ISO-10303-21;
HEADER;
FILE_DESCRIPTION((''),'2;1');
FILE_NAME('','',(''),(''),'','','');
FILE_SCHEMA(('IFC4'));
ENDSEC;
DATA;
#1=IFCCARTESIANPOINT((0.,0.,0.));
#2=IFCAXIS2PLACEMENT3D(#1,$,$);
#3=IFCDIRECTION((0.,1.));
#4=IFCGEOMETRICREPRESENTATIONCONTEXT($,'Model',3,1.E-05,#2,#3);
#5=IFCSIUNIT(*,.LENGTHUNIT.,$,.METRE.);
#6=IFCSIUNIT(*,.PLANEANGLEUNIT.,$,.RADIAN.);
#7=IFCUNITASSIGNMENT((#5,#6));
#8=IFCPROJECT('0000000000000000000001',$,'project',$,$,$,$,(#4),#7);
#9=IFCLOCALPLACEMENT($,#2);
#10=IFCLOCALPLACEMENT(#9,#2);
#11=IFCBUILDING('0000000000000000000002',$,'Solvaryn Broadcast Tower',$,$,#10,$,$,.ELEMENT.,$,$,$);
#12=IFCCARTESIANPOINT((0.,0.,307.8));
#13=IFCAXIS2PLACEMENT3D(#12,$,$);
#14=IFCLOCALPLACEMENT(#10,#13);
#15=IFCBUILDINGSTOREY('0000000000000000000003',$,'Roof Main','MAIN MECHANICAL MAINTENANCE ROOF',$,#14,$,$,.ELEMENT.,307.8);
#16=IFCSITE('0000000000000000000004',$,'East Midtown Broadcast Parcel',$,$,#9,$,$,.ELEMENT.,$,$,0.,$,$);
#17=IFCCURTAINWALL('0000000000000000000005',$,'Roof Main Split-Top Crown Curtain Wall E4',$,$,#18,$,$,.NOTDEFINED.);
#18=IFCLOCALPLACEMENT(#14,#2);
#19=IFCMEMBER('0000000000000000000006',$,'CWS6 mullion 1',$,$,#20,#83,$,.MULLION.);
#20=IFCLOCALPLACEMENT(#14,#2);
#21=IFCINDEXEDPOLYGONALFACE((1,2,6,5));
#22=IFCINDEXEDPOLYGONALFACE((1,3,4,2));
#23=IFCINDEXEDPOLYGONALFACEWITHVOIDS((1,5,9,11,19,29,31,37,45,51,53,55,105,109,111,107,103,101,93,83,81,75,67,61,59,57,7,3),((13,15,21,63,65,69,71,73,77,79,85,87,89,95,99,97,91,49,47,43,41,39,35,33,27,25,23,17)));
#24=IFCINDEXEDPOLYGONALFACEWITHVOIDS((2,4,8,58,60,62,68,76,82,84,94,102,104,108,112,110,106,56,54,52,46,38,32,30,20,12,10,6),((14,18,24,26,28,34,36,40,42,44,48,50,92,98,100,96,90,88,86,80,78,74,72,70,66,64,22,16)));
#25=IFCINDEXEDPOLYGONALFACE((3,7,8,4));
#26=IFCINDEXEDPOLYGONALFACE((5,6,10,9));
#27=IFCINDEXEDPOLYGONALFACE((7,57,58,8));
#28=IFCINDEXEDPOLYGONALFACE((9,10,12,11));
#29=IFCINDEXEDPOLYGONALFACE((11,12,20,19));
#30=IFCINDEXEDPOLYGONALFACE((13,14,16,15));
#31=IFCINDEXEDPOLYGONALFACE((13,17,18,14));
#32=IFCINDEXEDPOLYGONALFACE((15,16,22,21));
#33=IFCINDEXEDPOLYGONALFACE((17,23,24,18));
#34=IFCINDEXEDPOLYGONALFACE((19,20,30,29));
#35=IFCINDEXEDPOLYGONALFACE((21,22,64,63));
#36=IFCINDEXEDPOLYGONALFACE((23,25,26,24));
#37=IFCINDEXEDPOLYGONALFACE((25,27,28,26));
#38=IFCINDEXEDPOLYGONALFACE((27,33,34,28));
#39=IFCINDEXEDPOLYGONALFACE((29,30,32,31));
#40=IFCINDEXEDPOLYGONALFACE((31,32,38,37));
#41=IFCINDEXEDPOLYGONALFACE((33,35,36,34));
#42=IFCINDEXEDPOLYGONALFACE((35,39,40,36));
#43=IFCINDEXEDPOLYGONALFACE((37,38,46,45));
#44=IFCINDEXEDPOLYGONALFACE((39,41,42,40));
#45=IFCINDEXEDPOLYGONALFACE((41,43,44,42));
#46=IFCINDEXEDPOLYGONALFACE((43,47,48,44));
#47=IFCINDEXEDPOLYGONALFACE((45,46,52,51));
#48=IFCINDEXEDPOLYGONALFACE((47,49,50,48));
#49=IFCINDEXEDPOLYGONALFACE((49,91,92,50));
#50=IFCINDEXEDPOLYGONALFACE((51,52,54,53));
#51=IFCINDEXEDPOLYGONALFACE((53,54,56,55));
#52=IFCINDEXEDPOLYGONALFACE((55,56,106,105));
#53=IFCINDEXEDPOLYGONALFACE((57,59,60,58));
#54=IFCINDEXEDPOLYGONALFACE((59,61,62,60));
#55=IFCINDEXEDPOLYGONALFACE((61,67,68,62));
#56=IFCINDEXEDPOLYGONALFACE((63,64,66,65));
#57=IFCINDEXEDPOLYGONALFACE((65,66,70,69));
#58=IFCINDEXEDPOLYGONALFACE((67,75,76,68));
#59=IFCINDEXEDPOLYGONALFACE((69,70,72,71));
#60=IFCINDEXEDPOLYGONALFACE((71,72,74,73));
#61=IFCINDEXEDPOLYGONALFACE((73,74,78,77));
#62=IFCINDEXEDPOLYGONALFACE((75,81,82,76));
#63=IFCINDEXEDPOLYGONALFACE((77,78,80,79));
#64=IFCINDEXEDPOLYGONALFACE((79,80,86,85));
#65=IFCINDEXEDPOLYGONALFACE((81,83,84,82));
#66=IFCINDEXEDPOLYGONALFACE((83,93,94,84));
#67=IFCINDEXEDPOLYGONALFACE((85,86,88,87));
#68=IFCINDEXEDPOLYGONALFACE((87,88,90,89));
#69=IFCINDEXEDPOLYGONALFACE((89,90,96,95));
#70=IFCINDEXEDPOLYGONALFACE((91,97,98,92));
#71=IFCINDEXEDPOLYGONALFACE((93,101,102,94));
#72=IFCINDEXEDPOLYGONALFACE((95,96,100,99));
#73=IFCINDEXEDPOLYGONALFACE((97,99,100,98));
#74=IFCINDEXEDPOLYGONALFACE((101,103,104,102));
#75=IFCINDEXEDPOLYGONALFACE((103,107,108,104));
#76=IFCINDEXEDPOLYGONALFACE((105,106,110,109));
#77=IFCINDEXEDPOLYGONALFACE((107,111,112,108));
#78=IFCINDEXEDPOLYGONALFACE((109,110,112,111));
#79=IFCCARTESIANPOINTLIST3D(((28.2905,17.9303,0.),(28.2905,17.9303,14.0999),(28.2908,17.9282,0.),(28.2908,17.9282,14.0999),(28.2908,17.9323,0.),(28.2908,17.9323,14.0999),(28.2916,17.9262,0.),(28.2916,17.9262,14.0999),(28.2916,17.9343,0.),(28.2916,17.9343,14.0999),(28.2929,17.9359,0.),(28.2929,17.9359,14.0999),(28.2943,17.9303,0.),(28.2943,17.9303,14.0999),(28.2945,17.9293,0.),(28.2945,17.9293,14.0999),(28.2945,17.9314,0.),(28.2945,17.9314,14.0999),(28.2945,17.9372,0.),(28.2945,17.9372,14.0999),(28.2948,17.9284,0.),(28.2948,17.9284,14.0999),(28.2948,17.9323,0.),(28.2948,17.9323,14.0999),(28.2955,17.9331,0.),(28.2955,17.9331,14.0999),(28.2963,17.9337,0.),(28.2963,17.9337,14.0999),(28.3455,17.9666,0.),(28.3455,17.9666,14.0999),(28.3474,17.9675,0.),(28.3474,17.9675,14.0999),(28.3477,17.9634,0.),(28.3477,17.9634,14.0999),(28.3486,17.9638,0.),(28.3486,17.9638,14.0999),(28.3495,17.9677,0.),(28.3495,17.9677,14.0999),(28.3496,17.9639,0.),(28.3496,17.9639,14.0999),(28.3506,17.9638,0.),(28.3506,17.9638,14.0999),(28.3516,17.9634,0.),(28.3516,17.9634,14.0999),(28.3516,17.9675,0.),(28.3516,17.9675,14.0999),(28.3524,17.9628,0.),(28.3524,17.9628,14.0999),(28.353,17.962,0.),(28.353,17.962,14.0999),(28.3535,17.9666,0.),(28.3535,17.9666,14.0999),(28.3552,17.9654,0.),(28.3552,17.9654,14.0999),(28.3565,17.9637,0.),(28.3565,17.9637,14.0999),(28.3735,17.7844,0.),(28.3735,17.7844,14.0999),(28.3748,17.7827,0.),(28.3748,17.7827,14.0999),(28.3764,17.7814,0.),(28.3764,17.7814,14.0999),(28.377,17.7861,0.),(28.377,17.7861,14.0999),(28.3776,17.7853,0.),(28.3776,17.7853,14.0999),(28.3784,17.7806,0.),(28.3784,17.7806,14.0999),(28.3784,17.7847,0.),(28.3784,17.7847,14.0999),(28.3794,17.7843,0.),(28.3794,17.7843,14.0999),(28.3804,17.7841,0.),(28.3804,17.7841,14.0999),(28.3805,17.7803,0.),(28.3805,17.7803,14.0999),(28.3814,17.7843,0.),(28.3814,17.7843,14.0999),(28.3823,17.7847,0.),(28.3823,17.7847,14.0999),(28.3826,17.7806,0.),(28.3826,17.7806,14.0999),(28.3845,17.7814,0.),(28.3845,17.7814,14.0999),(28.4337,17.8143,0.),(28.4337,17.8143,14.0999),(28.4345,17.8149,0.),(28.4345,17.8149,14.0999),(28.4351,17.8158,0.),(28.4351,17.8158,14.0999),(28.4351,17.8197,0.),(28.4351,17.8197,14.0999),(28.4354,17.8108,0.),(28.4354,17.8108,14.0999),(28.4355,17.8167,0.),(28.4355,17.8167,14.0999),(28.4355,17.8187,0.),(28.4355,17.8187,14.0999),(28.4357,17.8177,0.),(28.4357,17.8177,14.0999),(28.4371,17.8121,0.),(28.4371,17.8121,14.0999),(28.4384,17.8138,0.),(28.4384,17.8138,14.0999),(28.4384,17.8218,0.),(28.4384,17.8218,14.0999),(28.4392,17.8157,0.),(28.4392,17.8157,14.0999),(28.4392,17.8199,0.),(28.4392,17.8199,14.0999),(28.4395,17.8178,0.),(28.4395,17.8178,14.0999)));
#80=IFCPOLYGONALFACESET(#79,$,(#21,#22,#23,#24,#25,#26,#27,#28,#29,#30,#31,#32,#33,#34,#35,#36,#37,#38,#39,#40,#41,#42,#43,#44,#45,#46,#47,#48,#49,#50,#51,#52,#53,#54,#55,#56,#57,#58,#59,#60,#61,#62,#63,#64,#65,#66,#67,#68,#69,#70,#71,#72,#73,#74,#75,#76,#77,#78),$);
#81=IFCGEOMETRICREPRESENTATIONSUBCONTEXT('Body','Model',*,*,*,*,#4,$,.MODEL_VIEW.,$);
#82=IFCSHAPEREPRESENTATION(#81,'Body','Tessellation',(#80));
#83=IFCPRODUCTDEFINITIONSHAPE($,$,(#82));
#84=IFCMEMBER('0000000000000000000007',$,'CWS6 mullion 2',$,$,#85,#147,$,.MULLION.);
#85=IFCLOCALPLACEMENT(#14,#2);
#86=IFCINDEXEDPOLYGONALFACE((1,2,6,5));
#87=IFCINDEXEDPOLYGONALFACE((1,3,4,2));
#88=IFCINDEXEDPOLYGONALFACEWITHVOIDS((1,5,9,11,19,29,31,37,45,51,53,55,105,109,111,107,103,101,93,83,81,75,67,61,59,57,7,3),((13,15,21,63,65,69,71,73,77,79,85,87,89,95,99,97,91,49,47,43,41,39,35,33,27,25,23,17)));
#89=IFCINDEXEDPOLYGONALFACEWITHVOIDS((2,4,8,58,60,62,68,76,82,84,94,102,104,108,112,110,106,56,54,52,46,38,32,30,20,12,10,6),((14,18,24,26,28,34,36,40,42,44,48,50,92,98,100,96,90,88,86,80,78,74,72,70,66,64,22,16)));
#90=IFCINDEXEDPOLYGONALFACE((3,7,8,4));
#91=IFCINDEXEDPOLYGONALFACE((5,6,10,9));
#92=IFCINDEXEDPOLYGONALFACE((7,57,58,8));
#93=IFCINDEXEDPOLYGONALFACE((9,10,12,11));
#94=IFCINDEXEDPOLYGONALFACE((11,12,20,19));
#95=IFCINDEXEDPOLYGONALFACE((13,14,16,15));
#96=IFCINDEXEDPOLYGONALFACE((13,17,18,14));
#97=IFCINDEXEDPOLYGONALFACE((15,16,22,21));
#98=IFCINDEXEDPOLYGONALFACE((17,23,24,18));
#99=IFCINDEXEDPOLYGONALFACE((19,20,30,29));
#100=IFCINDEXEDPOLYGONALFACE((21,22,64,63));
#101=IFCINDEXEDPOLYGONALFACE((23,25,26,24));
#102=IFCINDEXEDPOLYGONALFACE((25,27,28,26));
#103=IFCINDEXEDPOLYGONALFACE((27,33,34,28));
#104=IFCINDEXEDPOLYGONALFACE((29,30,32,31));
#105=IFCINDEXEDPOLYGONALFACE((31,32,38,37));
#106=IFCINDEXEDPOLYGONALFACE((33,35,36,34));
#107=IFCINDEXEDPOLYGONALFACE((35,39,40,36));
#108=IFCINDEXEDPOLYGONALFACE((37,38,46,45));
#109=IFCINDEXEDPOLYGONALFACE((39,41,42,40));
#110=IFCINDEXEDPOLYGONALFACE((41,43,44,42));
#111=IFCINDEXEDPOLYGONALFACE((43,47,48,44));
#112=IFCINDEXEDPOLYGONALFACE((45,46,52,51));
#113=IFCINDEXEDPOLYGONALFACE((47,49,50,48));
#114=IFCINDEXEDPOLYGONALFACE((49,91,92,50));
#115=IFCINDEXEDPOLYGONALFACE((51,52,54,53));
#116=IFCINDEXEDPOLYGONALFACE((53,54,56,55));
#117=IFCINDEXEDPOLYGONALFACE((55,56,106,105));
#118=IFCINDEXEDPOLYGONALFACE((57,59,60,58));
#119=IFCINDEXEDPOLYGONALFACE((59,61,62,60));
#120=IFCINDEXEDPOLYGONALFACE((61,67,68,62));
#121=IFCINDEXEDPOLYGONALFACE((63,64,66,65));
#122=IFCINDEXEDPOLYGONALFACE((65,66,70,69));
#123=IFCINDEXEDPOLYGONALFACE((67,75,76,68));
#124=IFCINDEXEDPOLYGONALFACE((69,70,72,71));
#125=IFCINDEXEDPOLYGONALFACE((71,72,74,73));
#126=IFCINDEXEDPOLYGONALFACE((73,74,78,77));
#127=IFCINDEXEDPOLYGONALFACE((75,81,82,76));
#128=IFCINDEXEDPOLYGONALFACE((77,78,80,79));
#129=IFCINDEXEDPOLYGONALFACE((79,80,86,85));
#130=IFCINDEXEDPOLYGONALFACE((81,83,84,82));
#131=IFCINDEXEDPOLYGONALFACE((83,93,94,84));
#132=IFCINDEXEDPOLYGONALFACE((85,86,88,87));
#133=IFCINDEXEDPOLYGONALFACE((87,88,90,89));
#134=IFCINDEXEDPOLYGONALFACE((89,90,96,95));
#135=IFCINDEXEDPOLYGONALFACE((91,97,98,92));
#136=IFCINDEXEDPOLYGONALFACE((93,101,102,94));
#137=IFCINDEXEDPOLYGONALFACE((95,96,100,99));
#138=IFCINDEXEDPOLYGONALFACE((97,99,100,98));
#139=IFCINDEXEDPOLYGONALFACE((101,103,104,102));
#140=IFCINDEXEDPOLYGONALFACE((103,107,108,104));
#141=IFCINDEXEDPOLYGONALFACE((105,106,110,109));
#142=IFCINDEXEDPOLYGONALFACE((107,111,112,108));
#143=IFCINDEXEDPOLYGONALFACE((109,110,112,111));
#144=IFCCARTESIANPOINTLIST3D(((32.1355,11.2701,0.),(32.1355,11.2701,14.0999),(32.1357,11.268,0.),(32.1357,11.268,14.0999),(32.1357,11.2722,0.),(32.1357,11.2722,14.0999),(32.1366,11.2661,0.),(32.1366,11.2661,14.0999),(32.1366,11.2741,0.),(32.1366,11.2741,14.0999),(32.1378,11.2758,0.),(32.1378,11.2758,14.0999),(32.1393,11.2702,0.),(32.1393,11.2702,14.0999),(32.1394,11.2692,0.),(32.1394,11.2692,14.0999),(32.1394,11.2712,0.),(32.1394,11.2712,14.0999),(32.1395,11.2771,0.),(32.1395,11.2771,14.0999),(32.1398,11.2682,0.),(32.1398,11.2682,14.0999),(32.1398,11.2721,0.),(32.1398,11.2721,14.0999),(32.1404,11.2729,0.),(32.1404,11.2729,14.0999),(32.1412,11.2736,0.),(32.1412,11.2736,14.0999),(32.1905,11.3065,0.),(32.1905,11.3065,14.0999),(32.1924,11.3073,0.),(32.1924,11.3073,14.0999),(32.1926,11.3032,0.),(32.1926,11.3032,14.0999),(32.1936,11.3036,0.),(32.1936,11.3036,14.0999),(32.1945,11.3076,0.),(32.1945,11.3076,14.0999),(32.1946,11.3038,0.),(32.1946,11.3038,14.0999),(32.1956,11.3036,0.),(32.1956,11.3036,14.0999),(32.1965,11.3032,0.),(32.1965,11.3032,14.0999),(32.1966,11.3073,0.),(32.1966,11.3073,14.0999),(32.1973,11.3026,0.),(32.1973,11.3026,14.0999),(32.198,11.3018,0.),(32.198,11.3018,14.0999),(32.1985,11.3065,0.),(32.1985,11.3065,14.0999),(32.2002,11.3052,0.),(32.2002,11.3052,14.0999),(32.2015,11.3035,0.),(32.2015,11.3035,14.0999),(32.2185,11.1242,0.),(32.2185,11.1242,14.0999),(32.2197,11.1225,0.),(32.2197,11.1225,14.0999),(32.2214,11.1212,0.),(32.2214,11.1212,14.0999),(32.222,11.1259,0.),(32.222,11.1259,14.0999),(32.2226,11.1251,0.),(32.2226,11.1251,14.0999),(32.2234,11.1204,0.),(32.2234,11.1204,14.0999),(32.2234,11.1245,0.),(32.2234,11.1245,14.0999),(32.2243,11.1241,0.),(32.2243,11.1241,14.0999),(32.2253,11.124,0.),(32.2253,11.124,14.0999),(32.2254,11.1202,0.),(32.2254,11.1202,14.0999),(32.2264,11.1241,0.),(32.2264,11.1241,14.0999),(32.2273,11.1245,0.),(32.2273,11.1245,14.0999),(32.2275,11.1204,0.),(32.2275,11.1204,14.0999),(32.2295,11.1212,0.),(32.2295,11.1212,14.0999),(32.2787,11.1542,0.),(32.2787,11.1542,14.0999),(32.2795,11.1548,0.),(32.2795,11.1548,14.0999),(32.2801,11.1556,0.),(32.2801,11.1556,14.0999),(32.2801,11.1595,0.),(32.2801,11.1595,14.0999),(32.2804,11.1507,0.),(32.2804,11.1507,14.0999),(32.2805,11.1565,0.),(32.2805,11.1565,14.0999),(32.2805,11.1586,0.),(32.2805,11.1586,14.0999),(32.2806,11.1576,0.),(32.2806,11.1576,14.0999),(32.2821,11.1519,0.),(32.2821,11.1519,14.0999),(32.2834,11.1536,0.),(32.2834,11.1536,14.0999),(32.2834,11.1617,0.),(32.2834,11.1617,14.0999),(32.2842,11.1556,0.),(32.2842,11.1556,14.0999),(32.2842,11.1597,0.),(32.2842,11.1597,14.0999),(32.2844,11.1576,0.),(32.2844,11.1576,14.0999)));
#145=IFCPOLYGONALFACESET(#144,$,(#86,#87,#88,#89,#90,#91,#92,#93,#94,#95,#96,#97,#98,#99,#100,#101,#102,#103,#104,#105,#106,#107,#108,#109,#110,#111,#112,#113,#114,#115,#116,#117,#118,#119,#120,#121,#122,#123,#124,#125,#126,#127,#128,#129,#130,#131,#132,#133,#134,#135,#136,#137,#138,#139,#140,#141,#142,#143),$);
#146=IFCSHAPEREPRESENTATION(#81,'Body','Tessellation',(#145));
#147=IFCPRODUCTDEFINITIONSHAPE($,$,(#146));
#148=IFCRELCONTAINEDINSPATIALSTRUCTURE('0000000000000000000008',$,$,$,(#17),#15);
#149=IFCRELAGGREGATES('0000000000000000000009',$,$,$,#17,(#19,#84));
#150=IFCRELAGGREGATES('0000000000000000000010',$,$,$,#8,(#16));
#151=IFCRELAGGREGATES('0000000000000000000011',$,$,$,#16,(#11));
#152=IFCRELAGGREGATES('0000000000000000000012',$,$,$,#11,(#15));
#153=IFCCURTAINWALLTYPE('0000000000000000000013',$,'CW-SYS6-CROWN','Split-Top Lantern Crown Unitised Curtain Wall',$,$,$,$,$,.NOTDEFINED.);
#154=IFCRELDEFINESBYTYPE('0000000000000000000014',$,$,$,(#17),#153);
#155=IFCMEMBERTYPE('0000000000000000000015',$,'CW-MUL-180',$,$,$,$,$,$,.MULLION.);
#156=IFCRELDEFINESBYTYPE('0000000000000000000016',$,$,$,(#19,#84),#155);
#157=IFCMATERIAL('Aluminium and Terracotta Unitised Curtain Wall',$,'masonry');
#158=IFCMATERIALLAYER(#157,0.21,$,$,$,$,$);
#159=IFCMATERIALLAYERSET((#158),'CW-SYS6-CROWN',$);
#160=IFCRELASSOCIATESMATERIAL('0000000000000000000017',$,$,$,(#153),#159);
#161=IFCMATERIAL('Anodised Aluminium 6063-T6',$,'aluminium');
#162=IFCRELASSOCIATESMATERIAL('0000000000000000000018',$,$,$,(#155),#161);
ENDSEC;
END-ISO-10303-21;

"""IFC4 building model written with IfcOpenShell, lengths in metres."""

from ifc_helpers import new_model, si_unit, direction, frame, origin, origin_2d, place, context, subcontext, project, spatial, hollow_rectangle, extrude, material, layer, layer_set, material_profile, profile_set, type_object, element, aggregate, save


model = new_model("IFC4")

# Units and contexts
model_context = context("Model", 3, precision=1e-05, world=origin(), true_north=direction((0.0, 1.0)))
body_context = subcontext(model_context, "Body", "Model", "MODEL_VIEW")
ifc_project = project(units=[si_unit("LENGTHUNIT", "METRE"), si_unit("PLANEANGLEUNIT", "RADIAN")], contexts=[model_context])

# Site, building, storey
site_placement = place(None, origin())
site = spatial("IfcSite", under=ifc_project, at=site_placement, Name="East Midtown Broadcast Parcel", CompositionType="ELEMENT", RefElevation=0.0)
building_placement = place(site_placement, origin())
building = spatial("IfcBuilding", under=site, at=building_placement, Name="Solvaryn Broadcast Tower", CompositionType="ELEMENT")
storey_placement = place(building_placement, frame((0.0, 0.0, 307.8)))
storey = spatial("IfcBuildingStorey", under=building, at=storey_placement, Name="Roof Main", Description="MAIN MECHANICAL MAINTENANCE ROOF", CompositionType="ELEMENT", Elevation=307.8)

# Curtain wall, members
ifc_material_1 = material(Name="Aluminium and Terracotta Unitised Curtain Wall", Category="masonry")
ifc_layer_1 = layer(ifc_material_1, 0.21)
ifc_layer_set_1 = layer_set([ifc_layer_1], Name="CW-SYS6-CROWN")
curtain_wall_type = type_object("IfcCurtainWallType", Name="CW-SYS6-CROWN", Description="Split-Top Lantern Crown Unitised Curtain Wall", PredefinedType="NOTDEFINED", material=ifc_layer_set_1)
curtain_wall_1_placement = place(storey_placement, origin())
curtain_wall_1 = element("IfcCurtainWall", 1, at=curtain_wall_1_placement, inside=storey, type_object=curtain_wall_type, Name="Roof Main Split-Top Crown Curtain Wall E4", PredefinedType="NOTDEFINED")
ifc_material_2 = material(Name="Anodised Aluminium 6063-T6", Category="aluminium")
ifc_material_profile_1 = material_profile(ifc_material_2, hollow_rectangle(XDim=0.075, YDim=0.1799, WallThickness=0.0039, InnerFilletRadius=0.0039, OuterFilletRadius=0.0081, at=origin_2d()))
ifc_profile_set_1 = profile_set([ifc_material_profile_1], Name="Anodised Aluminium 6063-T6")
member_type_1 = type_object("IfcMemberType", Name="CW-MUL-180", PredefinedType="MULLION", material=ifc_profile_set_1)
member_1_placement = place(storey_placement, frame((28.365, 17.874, 0.0), z_axis=(0.0, 0.0, 1.0), x_axis=(0.866035, 0.499983, 0.0)))
member_1 = element("IfcMember", 2, at=member_1_placement, type_object=member_type_1, Name="CWS6 mullion 1", PredefinedType="MULLION", context=body_context, shape_type="SweptSolid", body=[
    extrude(hollow_rectangle(XDim=0.075, YDim=0.1799, WallThickness=0.0039, InnerFilletRadius=0.0039, OuterFilletRadius=0.0081, at=origin_2d()), origin(), (0.0, 0.0, 1.0), 14.0999),
])
member_2_placement = place(storey_placement, frame((32.21, 11.2139, 0.0), z_axis=(0.0, 0.0, 1.0), x_axis=(0.866035, 0.499983, 0.0)))
member_2 = element("IfcMember", 3, at=member_2_placement, type_object=member_type_1, Name="CWS6 mullion 2", PredefinedType="MULLION", context=body_context, shape_type="SweptSolid", body=[
    extrude(hollow_rectangle(XDim=0.075, YDim=0.1799, WallThickness=0.0039, InnerFilletRadius=0.0039, OuterFilletRadius=0.0081, at=origin_2d()), origin(), (0.0, 0.0, 1.0), 14.0999),
])

aggregate(curtain_wall_1, [member_1, member_2])

save(model, "model.ifc")
